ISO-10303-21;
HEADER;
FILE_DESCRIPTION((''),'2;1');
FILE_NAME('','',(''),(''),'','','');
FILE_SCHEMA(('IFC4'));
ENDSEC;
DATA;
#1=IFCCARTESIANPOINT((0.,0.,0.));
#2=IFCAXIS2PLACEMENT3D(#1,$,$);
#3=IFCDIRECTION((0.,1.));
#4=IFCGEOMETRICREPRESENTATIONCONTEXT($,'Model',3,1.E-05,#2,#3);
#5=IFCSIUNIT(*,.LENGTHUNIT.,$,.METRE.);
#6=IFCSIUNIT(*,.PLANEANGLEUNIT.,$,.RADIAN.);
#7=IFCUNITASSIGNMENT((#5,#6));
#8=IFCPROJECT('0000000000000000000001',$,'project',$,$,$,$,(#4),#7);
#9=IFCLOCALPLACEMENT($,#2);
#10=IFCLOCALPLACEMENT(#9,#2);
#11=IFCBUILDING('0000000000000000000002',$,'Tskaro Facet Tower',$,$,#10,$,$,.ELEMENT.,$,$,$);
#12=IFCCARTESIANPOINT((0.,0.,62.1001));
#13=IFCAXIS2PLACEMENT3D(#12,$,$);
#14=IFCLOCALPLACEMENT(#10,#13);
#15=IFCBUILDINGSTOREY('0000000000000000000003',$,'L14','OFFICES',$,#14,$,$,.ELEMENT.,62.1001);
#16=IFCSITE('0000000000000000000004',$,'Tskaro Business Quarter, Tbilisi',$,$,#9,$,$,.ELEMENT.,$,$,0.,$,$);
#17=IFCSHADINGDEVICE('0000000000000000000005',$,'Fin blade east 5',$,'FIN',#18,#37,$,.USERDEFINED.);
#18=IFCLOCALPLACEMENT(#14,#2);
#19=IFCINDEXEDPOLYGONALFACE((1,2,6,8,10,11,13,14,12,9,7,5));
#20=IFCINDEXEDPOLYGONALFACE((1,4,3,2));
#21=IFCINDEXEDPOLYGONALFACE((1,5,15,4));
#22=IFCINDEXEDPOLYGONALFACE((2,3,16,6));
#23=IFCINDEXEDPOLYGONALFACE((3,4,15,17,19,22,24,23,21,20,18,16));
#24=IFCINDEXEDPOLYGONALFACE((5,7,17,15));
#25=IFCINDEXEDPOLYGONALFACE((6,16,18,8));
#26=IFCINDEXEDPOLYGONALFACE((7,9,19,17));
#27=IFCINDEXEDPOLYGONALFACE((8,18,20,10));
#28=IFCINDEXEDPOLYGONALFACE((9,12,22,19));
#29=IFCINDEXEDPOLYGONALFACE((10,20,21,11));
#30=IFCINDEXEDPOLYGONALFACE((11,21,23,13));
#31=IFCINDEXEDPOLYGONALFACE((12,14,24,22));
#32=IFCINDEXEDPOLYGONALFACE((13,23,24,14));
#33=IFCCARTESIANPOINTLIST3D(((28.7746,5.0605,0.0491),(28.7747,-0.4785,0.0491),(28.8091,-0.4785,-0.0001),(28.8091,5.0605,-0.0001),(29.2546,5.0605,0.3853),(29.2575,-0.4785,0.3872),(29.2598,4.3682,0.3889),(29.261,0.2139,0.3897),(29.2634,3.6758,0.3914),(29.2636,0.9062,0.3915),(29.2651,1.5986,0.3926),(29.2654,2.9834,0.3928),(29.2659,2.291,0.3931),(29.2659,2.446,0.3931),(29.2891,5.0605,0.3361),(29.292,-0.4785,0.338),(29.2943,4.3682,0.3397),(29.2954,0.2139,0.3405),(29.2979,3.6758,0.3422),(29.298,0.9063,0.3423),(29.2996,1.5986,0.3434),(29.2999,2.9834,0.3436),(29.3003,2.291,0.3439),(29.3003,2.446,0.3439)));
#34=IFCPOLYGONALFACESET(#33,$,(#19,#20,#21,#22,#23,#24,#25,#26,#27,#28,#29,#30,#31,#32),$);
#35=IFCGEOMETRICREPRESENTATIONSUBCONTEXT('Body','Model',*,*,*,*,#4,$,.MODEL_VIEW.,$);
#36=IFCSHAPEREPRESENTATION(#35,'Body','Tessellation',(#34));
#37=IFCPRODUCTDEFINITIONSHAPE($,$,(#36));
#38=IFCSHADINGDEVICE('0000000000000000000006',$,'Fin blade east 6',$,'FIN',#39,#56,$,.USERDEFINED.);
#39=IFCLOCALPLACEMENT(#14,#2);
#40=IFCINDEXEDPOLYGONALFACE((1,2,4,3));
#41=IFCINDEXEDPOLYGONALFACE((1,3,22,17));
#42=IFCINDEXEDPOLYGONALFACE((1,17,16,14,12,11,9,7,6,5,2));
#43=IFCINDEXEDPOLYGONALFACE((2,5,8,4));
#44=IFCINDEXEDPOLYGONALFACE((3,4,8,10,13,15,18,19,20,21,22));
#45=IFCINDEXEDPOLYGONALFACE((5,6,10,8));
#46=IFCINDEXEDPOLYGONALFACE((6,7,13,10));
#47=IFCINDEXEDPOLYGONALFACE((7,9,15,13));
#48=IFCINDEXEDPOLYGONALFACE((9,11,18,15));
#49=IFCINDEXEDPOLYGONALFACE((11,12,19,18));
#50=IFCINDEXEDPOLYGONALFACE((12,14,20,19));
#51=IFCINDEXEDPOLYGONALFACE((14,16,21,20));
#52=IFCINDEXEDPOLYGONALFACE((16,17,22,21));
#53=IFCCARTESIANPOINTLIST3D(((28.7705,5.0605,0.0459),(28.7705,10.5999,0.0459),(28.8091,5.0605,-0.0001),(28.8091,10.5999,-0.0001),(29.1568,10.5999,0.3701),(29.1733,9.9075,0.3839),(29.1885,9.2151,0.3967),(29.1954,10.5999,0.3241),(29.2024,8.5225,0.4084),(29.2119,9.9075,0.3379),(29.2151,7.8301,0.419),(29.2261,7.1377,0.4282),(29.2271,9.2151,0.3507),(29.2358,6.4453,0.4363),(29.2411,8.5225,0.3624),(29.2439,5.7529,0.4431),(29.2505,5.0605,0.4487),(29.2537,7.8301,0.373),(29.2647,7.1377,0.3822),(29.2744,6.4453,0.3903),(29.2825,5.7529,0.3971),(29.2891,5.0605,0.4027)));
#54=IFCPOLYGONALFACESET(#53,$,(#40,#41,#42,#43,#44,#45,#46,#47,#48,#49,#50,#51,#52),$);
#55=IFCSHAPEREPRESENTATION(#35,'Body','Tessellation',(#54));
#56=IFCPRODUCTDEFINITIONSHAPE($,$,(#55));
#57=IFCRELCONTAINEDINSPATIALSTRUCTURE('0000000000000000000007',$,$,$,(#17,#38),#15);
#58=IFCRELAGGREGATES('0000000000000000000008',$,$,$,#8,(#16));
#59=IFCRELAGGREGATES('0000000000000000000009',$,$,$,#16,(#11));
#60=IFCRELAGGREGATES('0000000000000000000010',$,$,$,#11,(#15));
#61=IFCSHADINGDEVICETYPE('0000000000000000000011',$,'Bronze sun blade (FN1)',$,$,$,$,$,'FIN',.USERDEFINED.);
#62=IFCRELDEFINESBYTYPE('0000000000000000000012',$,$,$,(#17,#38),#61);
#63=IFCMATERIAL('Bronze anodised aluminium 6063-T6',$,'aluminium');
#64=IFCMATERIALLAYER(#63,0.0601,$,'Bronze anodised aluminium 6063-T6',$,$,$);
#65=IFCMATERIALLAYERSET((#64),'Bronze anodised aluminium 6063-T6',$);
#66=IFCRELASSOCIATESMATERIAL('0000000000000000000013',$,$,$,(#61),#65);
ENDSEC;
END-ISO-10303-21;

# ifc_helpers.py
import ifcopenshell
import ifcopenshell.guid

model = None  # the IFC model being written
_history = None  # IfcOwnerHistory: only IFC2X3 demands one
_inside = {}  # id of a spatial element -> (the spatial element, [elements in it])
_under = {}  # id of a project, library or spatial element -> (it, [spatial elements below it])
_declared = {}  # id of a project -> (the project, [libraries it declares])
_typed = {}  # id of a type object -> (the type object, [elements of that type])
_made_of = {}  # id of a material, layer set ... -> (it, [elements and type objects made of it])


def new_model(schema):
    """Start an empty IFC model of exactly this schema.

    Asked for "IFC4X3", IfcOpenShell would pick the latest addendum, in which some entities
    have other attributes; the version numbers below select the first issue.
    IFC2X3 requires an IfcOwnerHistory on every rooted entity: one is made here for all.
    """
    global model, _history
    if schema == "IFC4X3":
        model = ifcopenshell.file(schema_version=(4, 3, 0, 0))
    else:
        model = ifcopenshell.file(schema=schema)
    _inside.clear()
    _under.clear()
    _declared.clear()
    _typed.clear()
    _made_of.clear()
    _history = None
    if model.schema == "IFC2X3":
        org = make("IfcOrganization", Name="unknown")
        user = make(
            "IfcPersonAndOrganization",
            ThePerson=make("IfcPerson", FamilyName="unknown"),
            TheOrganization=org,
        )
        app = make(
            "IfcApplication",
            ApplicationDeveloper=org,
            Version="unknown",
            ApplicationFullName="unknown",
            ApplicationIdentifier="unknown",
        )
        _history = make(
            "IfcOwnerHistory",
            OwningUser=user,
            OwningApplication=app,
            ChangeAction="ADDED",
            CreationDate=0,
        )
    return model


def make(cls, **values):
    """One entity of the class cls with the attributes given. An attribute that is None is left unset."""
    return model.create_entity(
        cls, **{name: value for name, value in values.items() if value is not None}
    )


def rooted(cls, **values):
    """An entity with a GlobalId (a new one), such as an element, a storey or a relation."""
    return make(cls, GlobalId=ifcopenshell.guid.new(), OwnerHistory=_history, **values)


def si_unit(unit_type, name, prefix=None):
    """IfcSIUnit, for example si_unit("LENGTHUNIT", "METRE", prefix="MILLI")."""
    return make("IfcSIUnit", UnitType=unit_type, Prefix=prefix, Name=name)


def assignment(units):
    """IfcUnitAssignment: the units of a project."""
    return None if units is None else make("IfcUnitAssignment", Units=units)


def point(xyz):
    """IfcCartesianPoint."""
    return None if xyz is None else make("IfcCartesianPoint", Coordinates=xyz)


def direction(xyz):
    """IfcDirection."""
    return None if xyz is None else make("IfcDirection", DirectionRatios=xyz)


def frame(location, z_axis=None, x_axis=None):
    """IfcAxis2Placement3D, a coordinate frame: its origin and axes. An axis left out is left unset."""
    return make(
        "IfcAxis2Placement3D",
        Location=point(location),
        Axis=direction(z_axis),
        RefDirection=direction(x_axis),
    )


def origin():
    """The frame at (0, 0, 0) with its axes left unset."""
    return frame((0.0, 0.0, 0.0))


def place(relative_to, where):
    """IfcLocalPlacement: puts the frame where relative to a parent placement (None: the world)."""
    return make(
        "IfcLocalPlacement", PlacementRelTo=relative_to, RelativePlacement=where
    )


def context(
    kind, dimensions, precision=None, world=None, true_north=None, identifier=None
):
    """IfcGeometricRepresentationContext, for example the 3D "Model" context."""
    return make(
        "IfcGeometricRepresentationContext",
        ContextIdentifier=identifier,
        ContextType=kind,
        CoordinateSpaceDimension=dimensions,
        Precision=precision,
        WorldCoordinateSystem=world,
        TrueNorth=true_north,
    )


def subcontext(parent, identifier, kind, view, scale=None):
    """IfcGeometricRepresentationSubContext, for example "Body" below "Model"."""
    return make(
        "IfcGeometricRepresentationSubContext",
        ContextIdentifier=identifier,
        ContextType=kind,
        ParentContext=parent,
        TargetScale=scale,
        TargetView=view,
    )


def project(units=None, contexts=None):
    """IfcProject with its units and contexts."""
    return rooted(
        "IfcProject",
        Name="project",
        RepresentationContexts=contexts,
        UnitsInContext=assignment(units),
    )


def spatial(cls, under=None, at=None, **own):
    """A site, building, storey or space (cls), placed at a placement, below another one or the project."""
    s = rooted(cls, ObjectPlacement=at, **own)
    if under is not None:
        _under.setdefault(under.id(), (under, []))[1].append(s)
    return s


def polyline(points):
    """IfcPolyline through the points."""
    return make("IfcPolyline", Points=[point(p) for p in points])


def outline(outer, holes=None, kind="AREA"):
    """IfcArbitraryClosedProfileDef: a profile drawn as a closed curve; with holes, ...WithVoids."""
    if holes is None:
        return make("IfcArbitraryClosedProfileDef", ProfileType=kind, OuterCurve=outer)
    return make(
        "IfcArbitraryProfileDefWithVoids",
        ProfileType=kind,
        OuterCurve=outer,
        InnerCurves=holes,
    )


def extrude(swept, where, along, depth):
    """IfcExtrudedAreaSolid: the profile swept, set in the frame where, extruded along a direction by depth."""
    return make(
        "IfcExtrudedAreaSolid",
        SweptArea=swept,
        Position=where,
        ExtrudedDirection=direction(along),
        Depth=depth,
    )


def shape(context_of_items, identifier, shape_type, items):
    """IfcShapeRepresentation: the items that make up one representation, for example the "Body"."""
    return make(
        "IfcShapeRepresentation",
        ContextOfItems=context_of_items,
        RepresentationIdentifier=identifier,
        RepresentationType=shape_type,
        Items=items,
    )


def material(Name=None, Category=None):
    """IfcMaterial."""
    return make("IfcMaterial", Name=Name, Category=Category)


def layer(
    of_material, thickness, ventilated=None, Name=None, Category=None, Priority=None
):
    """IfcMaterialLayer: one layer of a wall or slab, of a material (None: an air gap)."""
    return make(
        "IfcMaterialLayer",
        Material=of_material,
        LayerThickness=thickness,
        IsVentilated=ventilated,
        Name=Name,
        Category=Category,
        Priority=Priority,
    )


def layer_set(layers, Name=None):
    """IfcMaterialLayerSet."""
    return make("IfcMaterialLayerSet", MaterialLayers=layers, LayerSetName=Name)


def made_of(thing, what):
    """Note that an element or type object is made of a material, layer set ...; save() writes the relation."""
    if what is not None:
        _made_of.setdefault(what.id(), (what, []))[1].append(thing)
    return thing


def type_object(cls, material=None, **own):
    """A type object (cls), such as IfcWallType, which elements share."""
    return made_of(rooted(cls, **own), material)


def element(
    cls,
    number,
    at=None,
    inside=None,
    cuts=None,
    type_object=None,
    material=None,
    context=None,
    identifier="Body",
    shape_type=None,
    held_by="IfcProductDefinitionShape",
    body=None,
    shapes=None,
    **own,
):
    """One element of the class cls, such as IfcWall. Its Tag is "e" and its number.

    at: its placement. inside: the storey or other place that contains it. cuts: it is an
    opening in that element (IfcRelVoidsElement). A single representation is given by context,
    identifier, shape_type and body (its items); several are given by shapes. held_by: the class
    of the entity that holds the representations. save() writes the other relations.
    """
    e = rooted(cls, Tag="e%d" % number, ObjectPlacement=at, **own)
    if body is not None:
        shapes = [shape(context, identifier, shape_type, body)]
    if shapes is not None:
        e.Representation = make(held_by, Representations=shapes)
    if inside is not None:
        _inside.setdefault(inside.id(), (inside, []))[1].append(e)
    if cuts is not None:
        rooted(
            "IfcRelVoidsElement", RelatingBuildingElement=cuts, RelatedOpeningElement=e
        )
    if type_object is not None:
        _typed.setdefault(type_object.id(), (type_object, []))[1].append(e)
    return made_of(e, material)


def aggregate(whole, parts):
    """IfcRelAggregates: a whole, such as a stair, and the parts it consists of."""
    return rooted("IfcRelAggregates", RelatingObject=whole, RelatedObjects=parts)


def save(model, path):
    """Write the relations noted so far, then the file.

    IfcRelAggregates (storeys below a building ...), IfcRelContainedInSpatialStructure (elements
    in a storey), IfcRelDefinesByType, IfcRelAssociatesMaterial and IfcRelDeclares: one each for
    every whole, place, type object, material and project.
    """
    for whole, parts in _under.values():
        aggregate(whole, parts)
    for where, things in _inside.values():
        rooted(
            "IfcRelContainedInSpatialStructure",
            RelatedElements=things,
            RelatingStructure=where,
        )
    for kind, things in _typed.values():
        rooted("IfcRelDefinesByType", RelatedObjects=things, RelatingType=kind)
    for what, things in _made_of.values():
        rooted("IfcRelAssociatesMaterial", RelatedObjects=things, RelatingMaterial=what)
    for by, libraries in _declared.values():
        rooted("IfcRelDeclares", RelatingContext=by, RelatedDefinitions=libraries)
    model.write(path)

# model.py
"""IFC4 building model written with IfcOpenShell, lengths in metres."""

from ifc_helpers import new_model, si_unit, direction, frame, origin, place, context, subcontext, project, spatial, polyline, outline, extrude, material, layer, layer_set, type_object, element, save


model = new_model("IFC4")

# Units and contexts
model_context = context("Model", 3, precision=1e-05, world=origin(), true_north=direction((0.0, 1.0)))
body_context = subcontext(model_context, "Body", "Model", "MODEL_VIEW")
ifc_project = project(units=[si_unit("LENGTHUNIT", "METRE"), si_unit("PLANEANGLEUNIT", "RADIAN")], contexts=[model_context])

# Site, building, storey
site_placement = place(None, origin())
site = spatial("IfcSite", under=ifc_project, at=site_placement, Name="Tskaro Business Quarter, Tbilisi", CompositionType="ELEMENT", RefElevation=0.0)
building_placement = place(site_placement, origin())
building = spatial("IfcBuilding", under=site, at=building_placement, Name="Tskaro Facet Tower", CompositionType="ELEMENT")
storey_placement = place(building_placement, frame((0.0, 0.0, 62.1001)))
storey = spatial("IfcBuildingStorey", under=building, at=storey_placement, Name="L14", Description="OFFICES", CompositionType="ELEMENT", Elevation=62.1001)

# Shared definitions
ifc_material_1 = material(Name="Bronze anodised aluminium 6063-T6", Category="aluminium")

# Shading devices
ifc_layer_1 = layer(ifc_material_1, 0.0601, Name="Bronze anodised aluminium 6063-T6")
ifc_layer_set_1 = layer_set([ifc_layer_1], Name="Bronze anodised aluminium 6063-T6")
shading_device_type = type_object("IfcShadingDeviceType", Name="Bronze sun blade (FN1)", ElementType="FIN", PredefinedType="USERDEFINED", material=ifc_layer_set_1)
shading_device_1_placement = place(storey_placement, frame((28.7747, -0.4785, 0.0491), z_axis=(-0.573636, -0.000008, 0.81911), x_axis=(-0.000004, 1.0, 0.000006)))
element("IfcShadingDevice", 1, at=shading_device_1_placement, inside=storey, type_object=shading_device_type, Name="Fin blade east 5", ObjectType="FIN", PredefinedType="USERDEFINED", context=body_context, shape_type="SweptSolid", body=[
    extrude(outline(polyline([(0.0, 0.0), (5.5391, 0.0), (5.5391, -0.586), (4.8467, -0.5923), (4.1543, -0.5967), (3.4619, -0.5991), (2.9246, -0.5997), (2.7695, -0.5997), (2.0771, -0.5988), (1.3848, -0.5969), (0.6924, -0.5937), (0.0, -0.5895), (0.0, 0.0)])), origin(), (0.0, 0.0, -1.0), 0.0601),
])
shading_device_2_placement = place(storey_placement, frame((28.7705, 5.0605, 0.0459), z_axis=(-0.642816, -0.000003, 0.76602), x_axis=(-0.000002, 1.0, 0.000002)))
element("IfcShadingDevice", 2, at=shading_device_2_placement, inside=storey, type_object=shading_device_type, Name="Fin blade east 6", ObjectType="FIN", PredefinedType="USERDEFINED", context=body_context, shape_type="SweptSolid", body=[
    extrude(outline(polyline([(0.0, 0.0), (5.5393, 0.0), (5.5393, -0.5043), (4.8469, -0.5258), (4.1545, -0.5457), (3.4619, -0.5639), (2.7695, -0.5804), (2.0771, -0.5947), (1.3848, -0.6074), (0.6924, -0.618), (0.0, -0.6266), (0.0, 0.0)])), origin(), (0.0, 0.0, -1.0), 0.0601),
])

save(model, "model.ifc")
